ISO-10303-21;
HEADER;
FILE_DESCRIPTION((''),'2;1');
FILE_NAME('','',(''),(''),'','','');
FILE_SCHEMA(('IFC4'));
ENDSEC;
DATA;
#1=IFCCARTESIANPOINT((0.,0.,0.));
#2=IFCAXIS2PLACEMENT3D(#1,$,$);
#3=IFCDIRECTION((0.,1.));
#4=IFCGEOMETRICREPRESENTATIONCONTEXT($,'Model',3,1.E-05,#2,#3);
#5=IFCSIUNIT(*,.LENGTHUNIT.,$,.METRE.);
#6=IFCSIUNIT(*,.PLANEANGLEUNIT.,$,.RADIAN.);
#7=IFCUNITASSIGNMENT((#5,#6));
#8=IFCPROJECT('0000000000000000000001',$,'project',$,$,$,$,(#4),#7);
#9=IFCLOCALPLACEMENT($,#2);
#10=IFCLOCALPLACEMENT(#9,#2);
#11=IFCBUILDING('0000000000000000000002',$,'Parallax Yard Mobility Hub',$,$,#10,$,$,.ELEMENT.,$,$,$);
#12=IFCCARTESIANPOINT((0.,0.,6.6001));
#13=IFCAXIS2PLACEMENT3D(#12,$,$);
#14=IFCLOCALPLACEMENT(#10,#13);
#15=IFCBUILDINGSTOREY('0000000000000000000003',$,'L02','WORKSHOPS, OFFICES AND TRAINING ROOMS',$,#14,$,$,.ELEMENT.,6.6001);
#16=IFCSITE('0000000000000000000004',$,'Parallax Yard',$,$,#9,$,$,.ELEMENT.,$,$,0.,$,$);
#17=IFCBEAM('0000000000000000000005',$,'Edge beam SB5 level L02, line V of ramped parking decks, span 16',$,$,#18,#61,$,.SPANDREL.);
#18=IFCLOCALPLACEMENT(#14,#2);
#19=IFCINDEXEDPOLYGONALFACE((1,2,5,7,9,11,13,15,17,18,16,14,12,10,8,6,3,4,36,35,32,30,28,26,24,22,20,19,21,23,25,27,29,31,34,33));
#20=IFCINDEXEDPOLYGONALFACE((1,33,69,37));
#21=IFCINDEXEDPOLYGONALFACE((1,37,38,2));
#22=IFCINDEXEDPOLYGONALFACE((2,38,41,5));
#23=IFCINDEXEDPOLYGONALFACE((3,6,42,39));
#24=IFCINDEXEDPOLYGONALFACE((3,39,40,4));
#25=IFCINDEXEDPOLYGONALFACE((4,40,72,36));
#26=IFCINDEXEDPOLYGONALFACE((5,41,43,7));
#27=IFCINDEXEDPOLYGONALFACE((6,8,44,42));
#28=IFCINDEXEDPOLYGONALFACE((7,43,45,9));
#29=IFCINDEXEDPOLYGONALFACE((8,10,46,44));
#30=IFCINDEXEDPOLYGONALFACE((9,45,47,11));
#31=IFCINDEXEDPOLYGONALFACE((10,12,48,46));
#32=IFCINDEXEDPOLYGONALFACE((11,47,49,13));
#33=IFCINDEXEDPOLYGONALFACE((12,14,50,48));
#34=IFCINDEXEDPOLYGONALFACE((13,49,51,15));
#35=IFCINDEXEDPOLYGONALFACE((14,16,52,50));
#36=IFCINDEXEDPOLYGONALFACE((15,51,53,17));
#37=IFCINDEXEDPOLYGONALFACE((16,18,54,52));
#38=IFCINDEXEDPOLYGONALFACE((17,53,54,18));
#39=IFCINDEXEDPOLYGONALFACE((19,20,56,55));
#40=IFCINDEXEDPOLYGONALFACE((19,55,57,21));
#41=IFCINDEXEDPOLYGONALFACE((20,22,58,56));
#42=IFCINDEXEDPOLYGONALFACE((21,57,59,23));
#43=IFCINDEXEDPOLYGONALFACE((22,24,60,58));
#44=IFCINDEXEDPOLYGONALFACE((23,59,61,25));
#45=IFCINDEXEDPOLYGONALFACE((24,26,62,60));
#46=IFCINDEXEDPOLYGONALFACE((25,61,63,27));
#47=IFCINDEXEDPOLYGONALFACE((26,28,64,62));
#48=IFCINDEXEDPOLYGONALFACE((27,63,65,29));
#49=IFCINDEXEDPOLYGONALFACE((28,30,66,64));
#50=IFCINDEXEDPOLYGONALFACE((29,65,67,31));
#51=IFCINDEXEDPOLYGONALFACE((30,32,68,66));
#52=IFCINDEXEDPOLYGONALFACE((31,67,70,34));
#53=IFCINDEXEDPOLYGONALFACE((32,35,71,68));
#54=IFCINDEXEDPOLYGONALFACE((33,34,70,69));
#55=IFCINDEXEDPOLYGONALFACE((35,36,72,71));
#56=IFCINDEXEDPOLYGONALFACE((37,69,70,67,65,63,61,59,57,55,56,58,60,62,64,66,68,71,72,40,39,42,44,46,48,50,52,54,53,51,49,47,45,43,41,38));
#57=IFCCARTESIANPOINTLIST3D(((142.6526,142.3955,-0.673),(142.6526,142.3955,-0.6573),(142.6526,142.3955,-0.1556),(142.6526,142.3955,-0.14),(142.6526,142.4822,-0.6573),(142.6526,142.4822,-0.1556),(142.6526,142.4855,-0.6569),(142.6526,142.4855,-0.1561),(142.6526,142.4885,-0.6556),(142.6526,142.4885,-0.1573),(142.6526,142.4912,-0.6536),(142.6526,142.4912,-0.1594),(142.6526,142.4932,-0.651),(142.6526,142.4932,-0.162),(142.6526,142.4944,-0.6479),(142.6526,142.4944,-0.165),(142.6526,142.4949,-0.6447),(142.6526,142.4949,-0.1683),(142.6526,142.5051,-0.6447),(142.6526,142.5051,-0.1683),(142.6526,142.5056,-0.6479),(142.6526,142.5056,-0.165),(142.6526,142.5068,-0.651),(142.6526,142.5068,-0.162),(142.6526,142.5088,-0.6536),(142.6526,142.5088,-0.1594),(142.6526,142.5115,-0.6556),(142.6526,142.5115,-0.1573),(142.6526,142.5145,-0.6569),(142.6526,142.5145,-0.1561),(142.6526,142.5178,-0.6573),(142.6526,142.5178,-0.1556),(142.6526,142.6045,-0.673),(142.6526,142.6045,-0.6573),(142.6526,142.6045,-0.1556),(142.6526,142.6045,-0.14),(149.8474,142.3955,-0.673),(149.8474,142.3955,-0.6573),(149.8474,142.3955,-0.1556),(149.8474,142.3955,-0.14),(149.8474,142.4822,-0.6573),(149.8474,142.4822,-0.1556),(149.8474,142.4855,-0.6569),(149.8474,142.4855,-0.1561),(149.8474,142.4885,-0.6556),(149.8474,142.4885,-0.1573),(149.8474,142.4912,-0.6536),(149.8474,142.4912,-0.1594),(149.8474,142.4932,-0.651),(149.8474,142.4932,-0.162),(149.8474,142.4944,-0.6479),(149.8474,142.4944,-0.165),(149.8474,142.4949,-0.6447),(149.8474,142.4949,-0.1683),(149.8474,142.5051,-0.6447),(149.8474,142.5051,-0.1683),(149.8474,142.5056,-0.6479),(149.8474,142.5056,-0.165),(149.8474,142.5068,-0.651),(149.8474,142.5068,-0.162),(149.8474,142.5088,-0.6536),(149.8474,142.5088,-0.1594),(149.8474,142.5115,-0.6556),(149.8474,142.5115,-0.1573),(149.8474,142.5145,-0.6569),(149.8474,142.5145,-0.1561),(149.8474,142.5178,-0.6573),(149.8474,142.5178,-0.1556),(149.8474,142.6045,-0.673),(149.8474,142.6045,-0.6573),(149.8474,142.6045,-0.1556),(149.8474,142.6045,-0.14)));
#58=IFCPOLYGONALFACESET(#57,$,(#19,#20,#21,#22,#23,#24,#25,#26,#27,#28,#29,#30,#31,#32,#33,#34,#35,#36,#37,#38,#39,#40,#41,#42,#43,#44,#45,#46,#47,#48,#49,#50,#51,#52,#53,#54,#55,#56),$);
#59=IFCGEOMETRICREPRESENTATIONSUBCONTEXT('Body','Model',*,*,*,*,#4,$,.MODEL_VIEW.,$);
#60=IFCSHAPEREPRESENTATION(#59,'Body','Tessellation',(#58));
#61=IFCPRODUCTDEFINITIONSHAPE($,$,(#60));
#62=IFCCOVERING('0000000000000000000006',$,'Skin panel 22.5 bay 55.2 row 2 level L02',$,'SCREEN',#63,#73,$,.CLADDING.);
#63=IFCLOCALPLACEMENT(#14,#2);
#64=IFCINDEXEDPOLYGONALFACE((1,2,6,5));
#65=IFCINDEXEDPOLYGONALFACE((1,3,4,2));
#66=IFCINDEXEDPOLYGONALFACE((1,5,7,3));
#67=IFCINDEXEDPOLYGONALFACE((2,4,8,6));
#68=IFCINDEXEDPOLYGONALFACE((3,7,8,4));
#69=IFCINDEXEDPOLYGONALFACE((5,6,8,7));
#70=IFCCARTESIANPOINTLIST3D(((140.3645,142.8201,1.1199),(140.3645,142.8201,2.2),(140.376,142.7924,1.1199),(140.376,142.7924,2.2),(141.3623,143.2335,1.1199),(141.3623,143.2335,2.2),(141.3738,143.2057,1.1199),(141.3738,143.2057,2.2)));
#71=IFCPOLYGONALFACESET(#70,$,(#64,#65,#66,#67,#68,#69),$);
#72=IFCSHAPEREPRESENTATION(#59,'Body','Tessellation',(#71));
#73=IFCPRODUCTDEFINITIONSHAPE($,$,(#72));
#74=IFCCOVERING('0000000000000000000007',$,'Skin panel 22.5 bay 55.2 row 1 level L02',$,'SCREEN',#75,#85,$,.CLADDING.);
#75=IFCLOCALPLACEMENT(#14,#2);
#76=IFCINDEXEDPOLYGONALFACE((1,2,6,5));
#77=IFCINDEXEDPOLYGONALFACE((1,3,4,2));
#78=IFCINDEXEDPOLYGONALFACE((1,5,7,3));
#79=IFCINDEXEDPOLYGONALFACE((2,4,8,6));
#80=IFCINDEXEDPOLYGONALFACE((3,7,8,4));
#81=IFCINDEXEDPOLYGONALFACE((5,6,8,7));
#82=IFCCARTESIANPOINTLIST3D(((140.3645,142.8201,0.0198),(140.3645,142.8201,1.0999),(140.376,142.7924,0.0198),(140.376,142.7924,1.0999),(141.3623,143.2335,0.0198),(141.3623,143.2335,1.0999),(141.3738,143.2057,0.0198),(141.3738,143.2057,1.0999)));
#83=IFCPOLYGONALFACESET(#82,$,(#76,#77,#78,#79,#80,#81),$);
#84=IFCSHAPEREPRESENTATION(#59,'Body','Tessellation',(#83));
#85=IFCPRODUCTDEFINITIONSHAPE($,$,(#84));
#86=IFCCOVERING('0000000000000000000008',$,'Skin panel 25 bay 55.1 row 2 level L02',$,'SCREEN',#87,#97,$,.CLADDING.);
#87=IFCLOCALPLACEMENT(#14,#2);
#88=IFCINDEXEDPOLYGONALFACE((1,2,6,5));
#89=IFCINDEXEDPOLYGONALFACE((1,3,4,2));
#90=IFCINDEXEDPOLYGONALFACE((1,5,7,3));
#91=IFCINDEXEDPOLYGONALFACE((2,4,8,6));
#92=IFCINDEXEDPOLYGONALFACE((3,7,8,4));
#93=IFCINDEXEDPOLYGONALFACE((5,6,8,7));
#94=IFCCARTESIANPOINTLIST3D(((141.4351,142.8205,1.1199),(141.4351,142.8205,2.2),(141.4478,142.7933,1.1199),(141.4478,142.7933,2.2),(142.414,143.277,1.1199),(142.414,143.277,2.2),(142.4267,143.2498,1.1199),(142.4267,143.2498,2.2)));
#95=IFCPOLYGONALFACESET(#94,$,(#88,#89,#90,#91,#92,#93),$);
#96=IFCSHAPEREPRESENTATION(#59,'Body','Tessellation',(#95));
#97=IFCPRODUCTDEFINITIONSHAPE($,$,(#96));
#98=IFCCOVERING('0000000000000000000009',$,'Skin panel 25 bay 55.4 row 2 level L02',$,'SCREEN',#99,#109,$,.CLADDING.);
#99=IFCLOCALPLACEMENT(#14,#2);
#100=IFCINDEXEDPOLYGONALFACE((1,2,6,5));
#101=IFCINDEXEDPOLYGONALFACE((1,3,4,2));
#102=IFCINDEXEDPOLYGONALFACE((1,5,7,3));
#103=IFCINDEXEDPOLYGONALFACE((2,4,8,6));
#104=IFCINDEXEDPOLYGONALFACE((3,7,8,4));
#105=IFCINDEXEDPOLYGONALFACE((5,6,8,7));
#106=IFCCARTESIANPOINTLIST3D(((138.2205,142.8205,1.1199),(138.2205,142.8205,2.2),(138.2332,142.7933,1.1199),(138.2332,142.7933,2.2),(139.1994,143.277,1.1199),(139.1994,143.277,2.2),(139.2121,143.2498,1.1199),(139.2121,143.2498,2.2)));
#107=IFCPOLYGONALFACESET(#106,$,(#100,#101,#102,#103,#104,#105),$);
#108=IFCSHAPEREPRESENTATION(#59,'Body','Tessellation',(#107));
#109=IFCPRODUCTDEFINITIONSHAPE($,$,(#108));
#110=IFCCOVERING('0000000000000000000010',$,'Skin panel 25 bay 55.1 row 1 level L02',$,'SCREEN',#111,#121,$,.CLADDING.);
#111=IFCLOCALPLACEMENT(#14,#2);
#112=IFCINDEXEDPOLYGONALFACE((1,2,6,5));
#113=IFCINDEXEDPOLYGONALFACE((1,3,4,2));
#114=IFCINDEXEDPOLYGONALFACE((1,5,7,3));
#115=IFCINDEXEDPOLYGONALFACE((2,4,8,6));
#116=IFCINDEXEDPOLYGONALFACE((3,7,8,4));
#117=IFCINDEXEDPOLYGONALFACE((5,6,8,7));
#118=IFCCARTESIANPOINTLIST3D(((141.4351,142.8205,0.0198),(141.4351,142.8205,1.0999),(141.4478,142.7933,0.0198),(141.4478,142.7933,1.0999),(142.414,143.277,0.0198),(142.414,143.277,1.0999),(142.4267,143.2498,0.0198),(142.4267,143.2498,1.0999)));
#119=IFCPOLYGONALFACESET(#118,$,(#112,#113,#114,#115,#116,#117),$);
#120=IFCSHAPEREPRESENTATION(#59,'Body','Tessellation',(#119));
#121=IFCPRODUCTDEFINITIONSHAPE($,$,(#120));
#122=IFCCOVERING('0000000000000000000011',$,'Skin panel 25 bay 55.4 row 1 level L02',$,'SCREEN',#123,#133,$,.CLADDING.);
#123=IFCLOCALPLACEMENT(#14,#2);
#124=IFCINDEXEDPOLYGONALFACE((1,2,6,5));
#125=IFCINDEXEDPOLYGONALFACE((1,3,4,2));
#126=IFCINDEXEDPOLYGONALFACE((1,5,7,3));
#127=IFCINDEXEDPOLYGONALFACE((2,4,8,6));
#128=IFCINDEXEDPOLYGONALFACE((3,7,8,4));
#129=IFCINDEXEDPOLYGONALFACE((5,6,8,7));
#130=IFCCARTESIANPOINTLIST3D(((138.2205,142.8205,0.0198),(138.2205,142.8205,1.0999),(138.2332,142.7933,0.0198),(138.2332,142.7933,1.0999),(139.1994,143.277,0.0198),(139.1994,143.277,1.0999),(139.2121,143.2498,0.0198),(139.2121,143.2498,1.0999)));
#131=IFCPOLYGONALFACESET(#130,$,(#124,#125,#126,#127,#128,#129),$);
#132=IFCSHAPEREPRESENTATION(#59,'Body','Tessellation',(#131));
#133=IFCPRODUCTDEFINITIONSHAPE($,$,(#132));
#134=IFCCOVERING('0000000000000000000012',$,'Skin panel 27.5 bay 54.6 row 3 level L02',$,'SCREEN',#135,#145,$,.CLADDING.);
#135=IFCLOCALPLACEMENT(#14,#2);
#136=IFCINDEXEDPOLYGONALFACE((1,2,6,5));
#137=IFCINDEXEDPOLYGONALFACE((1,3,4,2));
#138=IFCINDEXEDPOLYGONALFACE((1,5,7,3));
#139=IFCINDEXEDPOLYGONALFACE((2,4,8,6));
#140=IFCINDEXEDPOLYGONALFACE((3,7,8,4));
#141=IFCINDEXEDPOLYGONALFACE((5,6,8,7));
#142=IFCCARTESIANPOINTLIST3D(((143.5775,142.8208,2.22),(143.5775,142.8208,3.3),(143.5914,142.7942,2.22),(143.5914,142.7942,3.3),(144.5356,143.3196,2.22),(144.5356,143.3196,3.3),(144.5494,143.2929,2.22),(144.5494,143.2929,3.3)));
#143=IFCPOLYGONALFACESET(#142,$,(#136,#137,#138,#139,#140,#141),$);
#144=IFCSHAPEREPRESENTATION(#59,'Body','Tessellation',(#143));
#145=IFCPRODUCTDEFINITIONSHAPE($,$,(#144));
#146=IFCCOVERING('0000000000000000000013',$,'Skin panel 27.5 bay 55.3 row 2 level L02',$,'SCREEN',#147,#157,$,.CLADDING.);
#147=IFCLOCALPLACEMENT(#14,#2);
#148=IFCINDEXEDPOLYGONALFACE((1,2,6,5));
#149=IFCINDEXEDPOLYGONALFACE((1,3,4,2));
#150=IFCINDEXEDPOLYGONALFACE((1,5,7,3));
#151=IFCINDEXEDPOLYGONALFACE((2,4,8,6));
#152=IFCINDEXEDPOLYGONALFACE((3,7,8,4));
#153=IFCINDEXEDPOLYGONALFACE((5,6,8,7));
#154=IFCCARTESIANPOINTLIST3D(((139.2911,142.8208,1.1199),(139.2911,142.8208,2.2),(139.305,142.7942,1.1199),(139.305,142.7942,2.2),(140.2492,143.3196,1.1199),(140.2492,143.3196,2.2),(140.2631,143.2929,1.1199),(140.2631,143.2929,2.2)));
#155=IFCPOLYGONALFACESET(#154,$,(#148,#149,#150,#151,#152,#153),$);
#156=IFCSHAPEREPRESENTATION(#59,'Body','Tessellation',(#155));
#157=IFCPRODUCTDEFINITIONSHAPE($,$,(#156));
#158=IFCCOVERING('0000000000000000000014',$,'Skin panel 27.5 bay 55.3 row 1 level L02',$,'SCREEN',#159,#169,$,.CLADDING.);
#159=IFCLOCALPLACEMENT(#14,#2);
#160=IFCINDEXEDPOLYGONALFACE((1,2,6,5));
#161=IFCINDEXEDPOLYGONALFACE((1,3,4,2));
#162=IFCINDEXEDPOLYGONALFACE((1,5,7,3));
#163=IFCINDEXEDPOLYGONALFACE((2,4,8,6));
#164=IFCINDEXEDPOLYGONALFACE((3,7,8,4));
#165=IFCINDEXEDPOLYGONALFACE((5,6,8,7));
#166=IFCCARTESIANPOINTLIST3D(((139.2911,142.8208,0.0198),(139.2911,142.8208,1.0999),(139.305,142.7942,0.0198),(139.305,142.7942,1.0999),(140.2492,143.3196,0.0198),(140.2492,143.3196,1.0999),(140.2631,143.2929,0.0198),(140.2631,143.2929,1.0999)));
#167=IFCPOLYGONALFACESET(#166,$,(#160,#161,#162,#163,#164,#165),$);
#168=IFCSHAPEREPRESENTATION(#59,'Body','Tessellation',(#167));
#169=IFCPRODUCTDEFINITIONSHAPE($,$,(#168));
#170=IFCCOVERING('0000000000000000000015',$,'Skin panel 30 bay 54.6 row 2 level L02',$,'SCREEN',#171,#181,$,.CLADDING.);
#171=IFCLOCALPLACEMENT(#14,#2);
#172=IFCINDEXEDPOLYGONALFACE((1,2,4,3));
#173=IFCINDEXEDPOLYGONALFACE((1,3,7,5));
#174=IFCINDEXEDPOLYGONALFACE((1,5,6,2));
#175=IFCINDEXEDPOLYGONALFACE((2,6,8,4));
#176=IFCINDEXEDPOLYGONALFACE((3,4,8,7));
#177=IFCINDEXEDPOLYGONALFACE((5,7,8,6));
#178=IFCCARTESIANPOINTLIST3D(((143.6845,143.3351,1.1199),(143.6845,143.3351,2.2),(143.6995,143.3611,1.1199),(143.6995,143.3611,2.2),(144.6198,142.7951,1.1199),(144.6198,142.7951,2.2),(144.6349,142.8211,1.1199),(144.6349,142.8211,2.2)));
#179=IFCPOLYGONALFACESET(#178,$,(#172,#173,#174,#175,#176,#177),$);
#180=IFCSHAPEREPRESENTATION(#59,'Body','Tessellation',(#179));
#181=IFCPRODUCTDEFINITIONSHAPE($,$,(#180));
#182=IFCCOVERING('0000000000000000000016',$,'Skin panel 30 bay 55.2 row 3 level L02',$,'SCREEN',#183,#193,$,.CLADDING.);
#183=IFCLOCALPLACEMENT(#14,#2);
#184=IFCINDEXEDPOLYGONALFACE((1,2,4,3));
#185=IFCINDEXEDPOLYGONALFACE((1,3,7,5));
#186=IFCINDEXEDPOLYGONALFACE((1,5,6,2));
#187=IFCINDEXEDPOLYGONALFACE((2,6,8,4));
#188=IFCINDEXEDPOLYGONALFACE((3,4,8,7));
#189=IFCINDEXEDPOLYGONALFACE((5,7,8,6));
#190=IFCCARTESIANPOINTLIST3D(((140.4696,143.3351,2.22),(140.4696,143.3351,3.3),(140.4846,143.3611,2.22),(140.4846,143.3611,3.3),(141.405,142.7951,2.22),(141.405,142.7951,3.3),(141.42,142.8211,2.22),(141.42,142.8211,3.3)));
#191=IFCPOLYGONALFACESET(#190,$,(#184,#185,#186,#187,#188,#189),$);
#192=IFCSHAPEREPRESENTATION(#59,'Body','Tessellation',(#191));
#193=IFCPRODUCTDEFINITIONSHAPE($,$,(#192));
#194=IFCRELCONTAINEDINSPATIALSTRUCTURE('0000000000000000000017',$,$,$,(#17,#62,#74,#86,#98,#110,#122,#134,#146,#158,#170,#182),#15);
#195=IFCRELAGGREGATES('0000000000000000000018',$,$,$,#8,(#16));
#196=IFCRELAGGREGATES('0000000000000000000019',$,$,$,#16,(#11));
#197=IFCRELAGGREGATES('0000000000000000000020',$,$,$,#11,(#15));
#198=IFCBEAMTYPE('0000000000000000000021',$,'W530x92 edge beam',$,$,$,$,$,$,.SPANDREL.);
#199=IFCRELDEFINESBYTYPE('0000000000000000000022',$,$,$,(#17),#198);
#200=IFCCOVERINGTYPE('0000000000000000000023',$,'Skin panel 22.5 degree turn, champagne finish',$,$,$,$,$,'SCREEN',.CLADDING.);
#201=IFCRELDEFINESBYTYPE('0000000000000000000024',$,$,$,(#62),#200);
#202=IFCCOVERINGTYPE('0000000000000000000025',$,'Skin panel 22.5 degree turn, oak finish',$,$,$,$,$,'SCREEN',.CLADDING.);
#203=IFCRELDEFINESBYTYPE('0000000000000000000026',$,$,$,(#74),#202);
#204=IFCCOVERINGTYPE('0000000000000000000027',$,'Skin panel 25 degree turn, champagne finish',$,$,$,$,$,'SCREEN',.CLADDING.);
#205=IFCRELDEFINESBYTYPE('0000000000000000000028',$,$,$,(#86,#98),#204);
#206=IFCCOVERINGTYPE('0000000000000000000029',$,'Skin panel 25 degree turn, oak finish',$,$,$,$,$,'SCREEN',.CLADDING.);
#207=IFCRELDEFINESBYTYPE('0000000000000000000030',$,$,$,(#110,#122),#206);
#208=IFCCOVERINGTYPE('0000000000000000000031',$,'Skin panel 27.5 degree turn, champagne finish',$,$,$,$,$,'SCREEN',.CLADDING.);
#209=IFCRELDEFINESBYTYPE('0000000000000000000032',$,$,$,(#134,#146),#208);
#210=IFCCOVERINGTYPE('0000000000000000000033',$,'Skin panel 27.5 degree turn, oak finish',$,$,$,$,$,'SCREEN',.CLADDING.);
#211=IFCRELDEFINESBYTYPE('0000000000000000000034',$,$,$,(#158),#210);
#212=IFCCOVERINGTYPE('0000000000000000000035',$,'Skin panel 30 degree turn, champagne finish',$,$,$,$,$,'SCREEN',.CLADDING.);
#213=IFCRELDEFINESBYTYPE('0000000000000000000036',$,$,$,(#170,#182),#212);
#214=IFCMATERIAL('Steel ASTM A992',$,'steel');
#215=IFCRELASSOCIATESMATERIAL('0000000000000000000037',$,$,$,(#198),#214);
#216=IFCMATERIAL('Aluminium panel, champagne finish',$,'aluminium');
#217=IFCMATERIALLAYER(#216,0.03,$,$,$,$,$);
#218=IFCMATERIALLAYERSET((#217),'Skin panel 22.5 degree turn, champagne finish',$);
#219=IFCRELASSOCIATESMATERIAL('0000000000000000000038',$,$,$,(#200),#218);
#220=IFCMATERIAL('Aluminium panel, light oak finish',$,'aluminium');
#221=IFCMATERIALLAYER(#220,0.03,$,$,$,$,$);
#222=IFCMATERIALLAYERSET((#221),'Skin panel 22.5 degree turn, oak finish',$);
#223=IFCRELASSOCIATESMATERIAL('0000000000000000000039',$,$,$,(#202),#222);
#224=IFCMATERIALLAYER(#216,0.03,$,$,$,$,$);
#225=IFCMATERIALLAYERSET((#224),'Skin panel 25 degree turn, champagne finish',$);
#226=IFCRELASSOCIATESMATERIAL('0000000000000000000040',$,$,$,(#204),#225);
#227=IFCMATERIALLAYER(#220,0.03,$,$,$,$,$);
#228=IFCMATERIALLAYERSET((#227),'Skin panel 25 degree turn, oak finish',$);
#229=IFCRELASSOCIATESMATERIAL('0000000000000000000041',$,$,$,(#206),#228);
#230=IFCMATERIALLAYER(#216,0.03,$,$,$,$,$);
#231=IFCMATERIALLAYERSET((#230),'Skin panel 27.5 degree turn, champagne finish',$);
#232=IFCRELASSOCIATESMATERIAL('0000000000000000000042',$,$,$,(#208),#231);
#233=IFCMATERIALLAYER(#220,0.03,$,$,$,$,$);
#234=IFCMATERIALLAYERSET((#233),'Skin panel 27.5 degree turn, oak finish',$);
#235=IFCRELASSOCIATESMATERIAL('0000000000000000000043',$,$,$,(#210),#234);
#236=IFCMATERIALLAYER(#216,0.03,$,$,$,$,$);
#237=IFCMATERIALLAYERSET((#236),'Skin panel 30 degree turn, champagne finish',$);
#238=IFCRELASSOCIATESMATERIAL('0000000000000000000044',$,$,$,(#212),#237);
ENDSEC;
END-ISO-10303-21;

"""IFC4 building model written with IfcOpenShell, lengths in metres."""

from ifc_helpers import new_model, si_unit, direction, frame, origin, origin_2d, place, context, subcontext, project, spatial, rectangle, i_section, extrude, material, layer, layer_set, material_profile, profile_set, type_object, element, save


model = new_model("IFC4")

# Units and contexts
model_context = context("Model", 3, precision=1e-05, world=origin(), true_north=direction((0.0, 1.0)))
body_context = subcontext(model_context, "Body", "Model", "MODEL_VIEW")
ifc_project = project(units=[si_unit("LENGTHUNIT", "METRE"), si_unit("PLANEANGLEUNIT", "RADIAN")], contexts=[model_context])

# Site, building, storey
site_placement = place(None, origin())
site = spatial("IfcSite", under=ifc_project, at=site_placement, Name="Parallax Yard", CompositionType="ELEMENT", RefElevation=0.0)
building_placement = place(site_placement, origin())
building = spatial("IfcBuilding", under=site, at=building_placement, Name="Parallax Yard Mobility Hub", CompositionType="ELEMENT")
storey_placement = place(building_placement, frame((0.0, 0.0, 6.6001)))
storey = spatial("IfcBuildingStorey", under=building, at=storey_placement, Name="L02", Description="WORKSHOPS, OFFICES AND TRAINING ROOMS", CompositionType="ELEMENT", Elevation=6.6001)

# Beam
ifc_material_1 = material(Name="Steel ASTM A992", Category="steel")
ifc_material_profile_1 = material_profile(ifc_material_1, i_section(OverallWidth=0.209, OverallDepth=0.533, WebThickness=0.0103, FlangeThickness=0.0156, FilletRadius=0.0127, at=origin_2d()), Name="W530x92")
ifc_profile_set_1 = profile_set([ifc_material_profile_1], Name="Steel ASTM A992")
beam_type = type_object("IfcBeamType", Name="W530x92 edge beam", PredefinedType="SPANDREL", material=ifc_profile_set_1)
beam_placement = place(storey_placement, frame((142.6526, 142.5, -0.4065), z_axis=(1.0, 0.0, 0.0), x_axis=(0.0, 1.0, 0.0)))
element("IfcBeam", 1, at=beam_placement, inside=storey, type_object=beam_type, Name="Edge beam SB5 level L02, line V of ramped parking decks, span 16", PredefinedType="SPANDREL", context=body_context, shape_type="SweptSolid", body=[
    extrude(i_section(OverallWidth=0.209, OverallDepth=0.533, WebThickness=0.0103, FlangeThickness=0.0156, FilletRadius=0.0127, at=origin_2d()), origin(), (0.0, 0.0, 1.0), 7.1948),
])

# Coverings
ifc_material_2 = material(Name="Aluminium panel, champagne finish", Category="aluminium")
ifc_layer_1 = layer(ifc_material_2, 0.03)
ifc_layer_set_1 = layer_set([ifc_layer_1], Name="Skin panel 22.5 degree turn, champagne finish")
covering_type_1 = type_object("IfcCoveringType", Name="Skin panel 22.5 degree turn, champagne finish", ElementType="SCREEN", PredefinedType="CLADDING", material=ifc_layer_set_1)
covering_1_placement = place(storey_placement, frame((140.8691, 143.0129, 1.1199), z_axis=(0.0, 0.0, 1.0), x_axis=(0.92388, 0.382683, 0.0)))
element("IfcCovering", 2, at=covering_1_placement, inside=storey, type_object=covering_type_1, Name="Skin panel 22.5 bay 55.2 row 2 level L02", ObjectType="SCREEN", PredefinedType="CLADDING", context=body_context, shape_type="SweptSolid", body=[
    extrude(rectangle(XDim=1.0801, YDim=0.03, at=origin_2d()), origin(), (0.0, 0.0, 1.0), 1.0801),
])
ifc_material_3 = material(Name="Aluminium panel, light oak finish", Category="aluminium")
ifc_layer_2 = layer(ifc_material_3, 0.03)
ifc_layer_set_2 = layer_set([ifc_layer_2], Name="Skin panel 22.5 degree turn, oak finish")
covering_type_2 = type_object("IfcCoveringType", Name="Skin panel 22.5 degree turn, oak finish", ElementType="SCREEN", PredefinedType="CLADDING", material=ifc_layer_set_2)
covering_2_placement = place(storey_placement, frame((140.8691, 143.0129, 0.0198), z_axis=(0.0, 0.0, 1.0), x_axis=(0.92388, 0.382683, 0.0)))
element("IfcCovering", 3, at=covering_2_placement, inside=storey, type_object=covering_type_2, Name="Skin panel 22.5 bay 55.2 row 1 level L02", ObjectType="SCREEN", PredefinedType="CLADDING", context=body_context, shape_type="SweptSolid", body=[
    extrude(rectangle(XDim=1.0801, YDim=0.03, at=origin_2d()), origin(), (0.0, 0.0, 1.0), 1.0801),
])
ifc_layer_3 = layer(ifc_material_2, 0.03)
ifc_layer_set_3 = layer_set([ifc_layer_3], Name="Skin panel 25 degree turn, champagne finish")
covering_type_3 = type_object("IfcCoveringType", Name="Skin panel 25 degree turn, champagne finish", ElementType="SCREEN", PredefinedType="CLADDING", material=ifc_layer_set_3)
for number, where, z_axis, x_axis, name in (
    (4, (141.9309, 143.0352, 1.1199), (0.0, 0.0, 1.0), (0.906308, 0.422618, 0.0), "Skin panel 25 bay 55.1 row 2 level L02"),
    (5, (138.7163, 143.0352, 1.1199), (0.0, 0.0, 1.0), (0.906308, 0.422618, 0.0), "Skin panel 25 bay 55.4 row 2 level L02"),
):
    element("IfcCovering", number, at=place(storey_placement, frame(where, z_axis=z_axis, x_axis=x_axis)), inside=storey, type_object=covering_type_3, Name=name, ObjectType="SCREEN", PredefinedType="CLADDING", context=body_context, shape_type="SweptSolid", body=[
        extrude(rectangle(XDim=1.0801, YDim=0.03, at=origin_2d()), origin(), (0.0, 0.0, 1.0), 1.0801),
    ])
ifc_layer_4 = layer(ifc_material_3, 0.03)
ifc_layer_set_4 = layer_set([ifc_layer_4], Name="Skin panel 25 degree turn, oak finish")
covering_type_4 = type_object("IfcCoveringType", Name="Skin panel 25 degree turn, oak finish", ElementType="SCREEN", PredefinedType="CLADDING", material=ifc_layer_set_4)
for number, where, z_axis, x_axis, name in (
    (6, (141.9309, 143.0352, 0.0198), (0.0, 0.0, 1.0), (0.906308, 0.422618, 0.0), "Skin panel 25 bay 55.1 row 1 level L02"),
    (7, (138.7163, 143.0352, 0.0198), (0.0, 0.0, 1.0), (0.906308, 0.422618, 0.0), "Skin panel 25 bay 55.4 row 1 level L02"),
):
    element("IfcCovering", number, at=place(storey_placement, frame(where, z_axis=z_axis, x_axis=x_axis)), inside=storey, type_object=covering_type_4, Name=name, ObjectType="SCREEN", PredefinedType="CLADDING", context=body_context, shape_type="SweptSolid", body=[
        extrude(rectangle(XDim=1.0801, YDim=0.03, at=origin_2d()), origin(), (0.0, 0.0, 1.0), 1.0801),
    ])
ifc_layer_5 = layer(ifc_material_2, 0.03)
ifc_layer_set_5 = layer_set([ifc_layer_5], Name="Skin panel 27.5 degree turn, champagne finish")
covering_type_5 = type_object("IfcCoveringType", Name="Skin panel 27.5 degree turn, champagne finish", ElementType="SCREEN", PredefinedType="CLADDING", material=ifc_layer_set_5)
for number, where, z_axis, x_axis, name in (
    (8, (144.0635, 143.0569, 2.22), (0.0, 0.0, 1.0), (0.887011, 0.461749, 0.0), "Skin panel 27.5 bay 54.6 row 3 level L02"),
    (9, (139.7771, 143.0569, 1.1199), (0.0, 0.0, 1.0), (0.887011, 0.461749, 0.0), "Skin panel 27.5 bay 55.3 row 2 level L02"),
):
    element("IfcCovering", number, at=place(storey_placement, frame(where, z_axis=z_axis, x_axis=x_axis)), inside=storey, type_object=covering_type_5, Name=name, ObjectType="SCREEN", PredefinedType="CLADDING", context=body_context, shape_type="SweptSolid", body=[
        extrude(rectangle(XDim=1.0801, YDim=0.03, at=origin_2d()), origin(), (0.0, 0.0, 1.0), 1.0801),
    ])
ifc_layer_6 = layer(ifc_material_3, 0.03)
ifc_layer_set_6 = layer_set([ifc_layer_6], Name="Skin panel 27.5 degree turn, oak finish")
covering_type_6 = type_object("IfcCoveringType", Name="Skin panel 27.5 degree turn, oak finish", ElementType="SCREEN", PredefinedType="CLADDING", material=ifc_layer_set_6)
covering_3_placement = place(storey_placement, frame((139.7771, 143.0569, 0.0198), z_axis=(0.0, 0.0, 1.0), x_axis=(0.887011, 0.461749, 0.0)))
element("IfcCovering", 10, at=covering_3_placement, inside=storey, type_object=covering_type_6, Name="Skin panel 27.5 bay 55.3 row 1 level L02", ObjectType="SCREEN", PredefinedType="CLADDING", context=body_context, shape_type="SweptSolid", body=[
    extrude(rectangle(XDim=1.0801, YDim=0.03, at=origin_2d()), origin(), (0.0, 0.0, 1.0), 1.0801),
])
ifc_layer_7 = layer(ifc_material_2, 0.03)
ifc_layer_set_7 = layer_set([ifc_layer_7], Name="Skin panel 30 degree turn, champagne finish")
covering_type_7 = type_object("IfcCoveringType", Name="Skin panel 30 degree turn, champagne finish", ElementType="SCREEN", PredefinedType="CLADDING", material=ifc_layer_set_7)
for number, where, z_axis, x_axis, name in (
    (11, (144.1597, 143.0781, 1.1199), (0.0, 0.0, 1.0), (-0.866025, 0.5, 0.0), "Skin panel 30 bay 54.6 row 2 level L02"),
    (12, (140.9448, 143.0781, 2.22), (0.0, 0.0, 1.0), (-0.866025, 0.5, 0.0), "Skin panel 30 bay 55.2 row 3 level L02"),
):
    element("IfcCovering", number, at=place(storey_placement, frame(where, z_axis=z_axis, x_axis=x_axis)), inside=storey, type_object=covering_type_7, Name=name, ObjectType="SCREEN", PredefinedType="CLADDING", context=body_context, shape_type="SweptSolid", body=[
        extrude(rectangle(XDim=1.0801, YDim=0.03, at=origin_2d()), origin(), (0.0, 0.0, 1.0), 1.0801),
    ])

save(model, "model.ifc")
